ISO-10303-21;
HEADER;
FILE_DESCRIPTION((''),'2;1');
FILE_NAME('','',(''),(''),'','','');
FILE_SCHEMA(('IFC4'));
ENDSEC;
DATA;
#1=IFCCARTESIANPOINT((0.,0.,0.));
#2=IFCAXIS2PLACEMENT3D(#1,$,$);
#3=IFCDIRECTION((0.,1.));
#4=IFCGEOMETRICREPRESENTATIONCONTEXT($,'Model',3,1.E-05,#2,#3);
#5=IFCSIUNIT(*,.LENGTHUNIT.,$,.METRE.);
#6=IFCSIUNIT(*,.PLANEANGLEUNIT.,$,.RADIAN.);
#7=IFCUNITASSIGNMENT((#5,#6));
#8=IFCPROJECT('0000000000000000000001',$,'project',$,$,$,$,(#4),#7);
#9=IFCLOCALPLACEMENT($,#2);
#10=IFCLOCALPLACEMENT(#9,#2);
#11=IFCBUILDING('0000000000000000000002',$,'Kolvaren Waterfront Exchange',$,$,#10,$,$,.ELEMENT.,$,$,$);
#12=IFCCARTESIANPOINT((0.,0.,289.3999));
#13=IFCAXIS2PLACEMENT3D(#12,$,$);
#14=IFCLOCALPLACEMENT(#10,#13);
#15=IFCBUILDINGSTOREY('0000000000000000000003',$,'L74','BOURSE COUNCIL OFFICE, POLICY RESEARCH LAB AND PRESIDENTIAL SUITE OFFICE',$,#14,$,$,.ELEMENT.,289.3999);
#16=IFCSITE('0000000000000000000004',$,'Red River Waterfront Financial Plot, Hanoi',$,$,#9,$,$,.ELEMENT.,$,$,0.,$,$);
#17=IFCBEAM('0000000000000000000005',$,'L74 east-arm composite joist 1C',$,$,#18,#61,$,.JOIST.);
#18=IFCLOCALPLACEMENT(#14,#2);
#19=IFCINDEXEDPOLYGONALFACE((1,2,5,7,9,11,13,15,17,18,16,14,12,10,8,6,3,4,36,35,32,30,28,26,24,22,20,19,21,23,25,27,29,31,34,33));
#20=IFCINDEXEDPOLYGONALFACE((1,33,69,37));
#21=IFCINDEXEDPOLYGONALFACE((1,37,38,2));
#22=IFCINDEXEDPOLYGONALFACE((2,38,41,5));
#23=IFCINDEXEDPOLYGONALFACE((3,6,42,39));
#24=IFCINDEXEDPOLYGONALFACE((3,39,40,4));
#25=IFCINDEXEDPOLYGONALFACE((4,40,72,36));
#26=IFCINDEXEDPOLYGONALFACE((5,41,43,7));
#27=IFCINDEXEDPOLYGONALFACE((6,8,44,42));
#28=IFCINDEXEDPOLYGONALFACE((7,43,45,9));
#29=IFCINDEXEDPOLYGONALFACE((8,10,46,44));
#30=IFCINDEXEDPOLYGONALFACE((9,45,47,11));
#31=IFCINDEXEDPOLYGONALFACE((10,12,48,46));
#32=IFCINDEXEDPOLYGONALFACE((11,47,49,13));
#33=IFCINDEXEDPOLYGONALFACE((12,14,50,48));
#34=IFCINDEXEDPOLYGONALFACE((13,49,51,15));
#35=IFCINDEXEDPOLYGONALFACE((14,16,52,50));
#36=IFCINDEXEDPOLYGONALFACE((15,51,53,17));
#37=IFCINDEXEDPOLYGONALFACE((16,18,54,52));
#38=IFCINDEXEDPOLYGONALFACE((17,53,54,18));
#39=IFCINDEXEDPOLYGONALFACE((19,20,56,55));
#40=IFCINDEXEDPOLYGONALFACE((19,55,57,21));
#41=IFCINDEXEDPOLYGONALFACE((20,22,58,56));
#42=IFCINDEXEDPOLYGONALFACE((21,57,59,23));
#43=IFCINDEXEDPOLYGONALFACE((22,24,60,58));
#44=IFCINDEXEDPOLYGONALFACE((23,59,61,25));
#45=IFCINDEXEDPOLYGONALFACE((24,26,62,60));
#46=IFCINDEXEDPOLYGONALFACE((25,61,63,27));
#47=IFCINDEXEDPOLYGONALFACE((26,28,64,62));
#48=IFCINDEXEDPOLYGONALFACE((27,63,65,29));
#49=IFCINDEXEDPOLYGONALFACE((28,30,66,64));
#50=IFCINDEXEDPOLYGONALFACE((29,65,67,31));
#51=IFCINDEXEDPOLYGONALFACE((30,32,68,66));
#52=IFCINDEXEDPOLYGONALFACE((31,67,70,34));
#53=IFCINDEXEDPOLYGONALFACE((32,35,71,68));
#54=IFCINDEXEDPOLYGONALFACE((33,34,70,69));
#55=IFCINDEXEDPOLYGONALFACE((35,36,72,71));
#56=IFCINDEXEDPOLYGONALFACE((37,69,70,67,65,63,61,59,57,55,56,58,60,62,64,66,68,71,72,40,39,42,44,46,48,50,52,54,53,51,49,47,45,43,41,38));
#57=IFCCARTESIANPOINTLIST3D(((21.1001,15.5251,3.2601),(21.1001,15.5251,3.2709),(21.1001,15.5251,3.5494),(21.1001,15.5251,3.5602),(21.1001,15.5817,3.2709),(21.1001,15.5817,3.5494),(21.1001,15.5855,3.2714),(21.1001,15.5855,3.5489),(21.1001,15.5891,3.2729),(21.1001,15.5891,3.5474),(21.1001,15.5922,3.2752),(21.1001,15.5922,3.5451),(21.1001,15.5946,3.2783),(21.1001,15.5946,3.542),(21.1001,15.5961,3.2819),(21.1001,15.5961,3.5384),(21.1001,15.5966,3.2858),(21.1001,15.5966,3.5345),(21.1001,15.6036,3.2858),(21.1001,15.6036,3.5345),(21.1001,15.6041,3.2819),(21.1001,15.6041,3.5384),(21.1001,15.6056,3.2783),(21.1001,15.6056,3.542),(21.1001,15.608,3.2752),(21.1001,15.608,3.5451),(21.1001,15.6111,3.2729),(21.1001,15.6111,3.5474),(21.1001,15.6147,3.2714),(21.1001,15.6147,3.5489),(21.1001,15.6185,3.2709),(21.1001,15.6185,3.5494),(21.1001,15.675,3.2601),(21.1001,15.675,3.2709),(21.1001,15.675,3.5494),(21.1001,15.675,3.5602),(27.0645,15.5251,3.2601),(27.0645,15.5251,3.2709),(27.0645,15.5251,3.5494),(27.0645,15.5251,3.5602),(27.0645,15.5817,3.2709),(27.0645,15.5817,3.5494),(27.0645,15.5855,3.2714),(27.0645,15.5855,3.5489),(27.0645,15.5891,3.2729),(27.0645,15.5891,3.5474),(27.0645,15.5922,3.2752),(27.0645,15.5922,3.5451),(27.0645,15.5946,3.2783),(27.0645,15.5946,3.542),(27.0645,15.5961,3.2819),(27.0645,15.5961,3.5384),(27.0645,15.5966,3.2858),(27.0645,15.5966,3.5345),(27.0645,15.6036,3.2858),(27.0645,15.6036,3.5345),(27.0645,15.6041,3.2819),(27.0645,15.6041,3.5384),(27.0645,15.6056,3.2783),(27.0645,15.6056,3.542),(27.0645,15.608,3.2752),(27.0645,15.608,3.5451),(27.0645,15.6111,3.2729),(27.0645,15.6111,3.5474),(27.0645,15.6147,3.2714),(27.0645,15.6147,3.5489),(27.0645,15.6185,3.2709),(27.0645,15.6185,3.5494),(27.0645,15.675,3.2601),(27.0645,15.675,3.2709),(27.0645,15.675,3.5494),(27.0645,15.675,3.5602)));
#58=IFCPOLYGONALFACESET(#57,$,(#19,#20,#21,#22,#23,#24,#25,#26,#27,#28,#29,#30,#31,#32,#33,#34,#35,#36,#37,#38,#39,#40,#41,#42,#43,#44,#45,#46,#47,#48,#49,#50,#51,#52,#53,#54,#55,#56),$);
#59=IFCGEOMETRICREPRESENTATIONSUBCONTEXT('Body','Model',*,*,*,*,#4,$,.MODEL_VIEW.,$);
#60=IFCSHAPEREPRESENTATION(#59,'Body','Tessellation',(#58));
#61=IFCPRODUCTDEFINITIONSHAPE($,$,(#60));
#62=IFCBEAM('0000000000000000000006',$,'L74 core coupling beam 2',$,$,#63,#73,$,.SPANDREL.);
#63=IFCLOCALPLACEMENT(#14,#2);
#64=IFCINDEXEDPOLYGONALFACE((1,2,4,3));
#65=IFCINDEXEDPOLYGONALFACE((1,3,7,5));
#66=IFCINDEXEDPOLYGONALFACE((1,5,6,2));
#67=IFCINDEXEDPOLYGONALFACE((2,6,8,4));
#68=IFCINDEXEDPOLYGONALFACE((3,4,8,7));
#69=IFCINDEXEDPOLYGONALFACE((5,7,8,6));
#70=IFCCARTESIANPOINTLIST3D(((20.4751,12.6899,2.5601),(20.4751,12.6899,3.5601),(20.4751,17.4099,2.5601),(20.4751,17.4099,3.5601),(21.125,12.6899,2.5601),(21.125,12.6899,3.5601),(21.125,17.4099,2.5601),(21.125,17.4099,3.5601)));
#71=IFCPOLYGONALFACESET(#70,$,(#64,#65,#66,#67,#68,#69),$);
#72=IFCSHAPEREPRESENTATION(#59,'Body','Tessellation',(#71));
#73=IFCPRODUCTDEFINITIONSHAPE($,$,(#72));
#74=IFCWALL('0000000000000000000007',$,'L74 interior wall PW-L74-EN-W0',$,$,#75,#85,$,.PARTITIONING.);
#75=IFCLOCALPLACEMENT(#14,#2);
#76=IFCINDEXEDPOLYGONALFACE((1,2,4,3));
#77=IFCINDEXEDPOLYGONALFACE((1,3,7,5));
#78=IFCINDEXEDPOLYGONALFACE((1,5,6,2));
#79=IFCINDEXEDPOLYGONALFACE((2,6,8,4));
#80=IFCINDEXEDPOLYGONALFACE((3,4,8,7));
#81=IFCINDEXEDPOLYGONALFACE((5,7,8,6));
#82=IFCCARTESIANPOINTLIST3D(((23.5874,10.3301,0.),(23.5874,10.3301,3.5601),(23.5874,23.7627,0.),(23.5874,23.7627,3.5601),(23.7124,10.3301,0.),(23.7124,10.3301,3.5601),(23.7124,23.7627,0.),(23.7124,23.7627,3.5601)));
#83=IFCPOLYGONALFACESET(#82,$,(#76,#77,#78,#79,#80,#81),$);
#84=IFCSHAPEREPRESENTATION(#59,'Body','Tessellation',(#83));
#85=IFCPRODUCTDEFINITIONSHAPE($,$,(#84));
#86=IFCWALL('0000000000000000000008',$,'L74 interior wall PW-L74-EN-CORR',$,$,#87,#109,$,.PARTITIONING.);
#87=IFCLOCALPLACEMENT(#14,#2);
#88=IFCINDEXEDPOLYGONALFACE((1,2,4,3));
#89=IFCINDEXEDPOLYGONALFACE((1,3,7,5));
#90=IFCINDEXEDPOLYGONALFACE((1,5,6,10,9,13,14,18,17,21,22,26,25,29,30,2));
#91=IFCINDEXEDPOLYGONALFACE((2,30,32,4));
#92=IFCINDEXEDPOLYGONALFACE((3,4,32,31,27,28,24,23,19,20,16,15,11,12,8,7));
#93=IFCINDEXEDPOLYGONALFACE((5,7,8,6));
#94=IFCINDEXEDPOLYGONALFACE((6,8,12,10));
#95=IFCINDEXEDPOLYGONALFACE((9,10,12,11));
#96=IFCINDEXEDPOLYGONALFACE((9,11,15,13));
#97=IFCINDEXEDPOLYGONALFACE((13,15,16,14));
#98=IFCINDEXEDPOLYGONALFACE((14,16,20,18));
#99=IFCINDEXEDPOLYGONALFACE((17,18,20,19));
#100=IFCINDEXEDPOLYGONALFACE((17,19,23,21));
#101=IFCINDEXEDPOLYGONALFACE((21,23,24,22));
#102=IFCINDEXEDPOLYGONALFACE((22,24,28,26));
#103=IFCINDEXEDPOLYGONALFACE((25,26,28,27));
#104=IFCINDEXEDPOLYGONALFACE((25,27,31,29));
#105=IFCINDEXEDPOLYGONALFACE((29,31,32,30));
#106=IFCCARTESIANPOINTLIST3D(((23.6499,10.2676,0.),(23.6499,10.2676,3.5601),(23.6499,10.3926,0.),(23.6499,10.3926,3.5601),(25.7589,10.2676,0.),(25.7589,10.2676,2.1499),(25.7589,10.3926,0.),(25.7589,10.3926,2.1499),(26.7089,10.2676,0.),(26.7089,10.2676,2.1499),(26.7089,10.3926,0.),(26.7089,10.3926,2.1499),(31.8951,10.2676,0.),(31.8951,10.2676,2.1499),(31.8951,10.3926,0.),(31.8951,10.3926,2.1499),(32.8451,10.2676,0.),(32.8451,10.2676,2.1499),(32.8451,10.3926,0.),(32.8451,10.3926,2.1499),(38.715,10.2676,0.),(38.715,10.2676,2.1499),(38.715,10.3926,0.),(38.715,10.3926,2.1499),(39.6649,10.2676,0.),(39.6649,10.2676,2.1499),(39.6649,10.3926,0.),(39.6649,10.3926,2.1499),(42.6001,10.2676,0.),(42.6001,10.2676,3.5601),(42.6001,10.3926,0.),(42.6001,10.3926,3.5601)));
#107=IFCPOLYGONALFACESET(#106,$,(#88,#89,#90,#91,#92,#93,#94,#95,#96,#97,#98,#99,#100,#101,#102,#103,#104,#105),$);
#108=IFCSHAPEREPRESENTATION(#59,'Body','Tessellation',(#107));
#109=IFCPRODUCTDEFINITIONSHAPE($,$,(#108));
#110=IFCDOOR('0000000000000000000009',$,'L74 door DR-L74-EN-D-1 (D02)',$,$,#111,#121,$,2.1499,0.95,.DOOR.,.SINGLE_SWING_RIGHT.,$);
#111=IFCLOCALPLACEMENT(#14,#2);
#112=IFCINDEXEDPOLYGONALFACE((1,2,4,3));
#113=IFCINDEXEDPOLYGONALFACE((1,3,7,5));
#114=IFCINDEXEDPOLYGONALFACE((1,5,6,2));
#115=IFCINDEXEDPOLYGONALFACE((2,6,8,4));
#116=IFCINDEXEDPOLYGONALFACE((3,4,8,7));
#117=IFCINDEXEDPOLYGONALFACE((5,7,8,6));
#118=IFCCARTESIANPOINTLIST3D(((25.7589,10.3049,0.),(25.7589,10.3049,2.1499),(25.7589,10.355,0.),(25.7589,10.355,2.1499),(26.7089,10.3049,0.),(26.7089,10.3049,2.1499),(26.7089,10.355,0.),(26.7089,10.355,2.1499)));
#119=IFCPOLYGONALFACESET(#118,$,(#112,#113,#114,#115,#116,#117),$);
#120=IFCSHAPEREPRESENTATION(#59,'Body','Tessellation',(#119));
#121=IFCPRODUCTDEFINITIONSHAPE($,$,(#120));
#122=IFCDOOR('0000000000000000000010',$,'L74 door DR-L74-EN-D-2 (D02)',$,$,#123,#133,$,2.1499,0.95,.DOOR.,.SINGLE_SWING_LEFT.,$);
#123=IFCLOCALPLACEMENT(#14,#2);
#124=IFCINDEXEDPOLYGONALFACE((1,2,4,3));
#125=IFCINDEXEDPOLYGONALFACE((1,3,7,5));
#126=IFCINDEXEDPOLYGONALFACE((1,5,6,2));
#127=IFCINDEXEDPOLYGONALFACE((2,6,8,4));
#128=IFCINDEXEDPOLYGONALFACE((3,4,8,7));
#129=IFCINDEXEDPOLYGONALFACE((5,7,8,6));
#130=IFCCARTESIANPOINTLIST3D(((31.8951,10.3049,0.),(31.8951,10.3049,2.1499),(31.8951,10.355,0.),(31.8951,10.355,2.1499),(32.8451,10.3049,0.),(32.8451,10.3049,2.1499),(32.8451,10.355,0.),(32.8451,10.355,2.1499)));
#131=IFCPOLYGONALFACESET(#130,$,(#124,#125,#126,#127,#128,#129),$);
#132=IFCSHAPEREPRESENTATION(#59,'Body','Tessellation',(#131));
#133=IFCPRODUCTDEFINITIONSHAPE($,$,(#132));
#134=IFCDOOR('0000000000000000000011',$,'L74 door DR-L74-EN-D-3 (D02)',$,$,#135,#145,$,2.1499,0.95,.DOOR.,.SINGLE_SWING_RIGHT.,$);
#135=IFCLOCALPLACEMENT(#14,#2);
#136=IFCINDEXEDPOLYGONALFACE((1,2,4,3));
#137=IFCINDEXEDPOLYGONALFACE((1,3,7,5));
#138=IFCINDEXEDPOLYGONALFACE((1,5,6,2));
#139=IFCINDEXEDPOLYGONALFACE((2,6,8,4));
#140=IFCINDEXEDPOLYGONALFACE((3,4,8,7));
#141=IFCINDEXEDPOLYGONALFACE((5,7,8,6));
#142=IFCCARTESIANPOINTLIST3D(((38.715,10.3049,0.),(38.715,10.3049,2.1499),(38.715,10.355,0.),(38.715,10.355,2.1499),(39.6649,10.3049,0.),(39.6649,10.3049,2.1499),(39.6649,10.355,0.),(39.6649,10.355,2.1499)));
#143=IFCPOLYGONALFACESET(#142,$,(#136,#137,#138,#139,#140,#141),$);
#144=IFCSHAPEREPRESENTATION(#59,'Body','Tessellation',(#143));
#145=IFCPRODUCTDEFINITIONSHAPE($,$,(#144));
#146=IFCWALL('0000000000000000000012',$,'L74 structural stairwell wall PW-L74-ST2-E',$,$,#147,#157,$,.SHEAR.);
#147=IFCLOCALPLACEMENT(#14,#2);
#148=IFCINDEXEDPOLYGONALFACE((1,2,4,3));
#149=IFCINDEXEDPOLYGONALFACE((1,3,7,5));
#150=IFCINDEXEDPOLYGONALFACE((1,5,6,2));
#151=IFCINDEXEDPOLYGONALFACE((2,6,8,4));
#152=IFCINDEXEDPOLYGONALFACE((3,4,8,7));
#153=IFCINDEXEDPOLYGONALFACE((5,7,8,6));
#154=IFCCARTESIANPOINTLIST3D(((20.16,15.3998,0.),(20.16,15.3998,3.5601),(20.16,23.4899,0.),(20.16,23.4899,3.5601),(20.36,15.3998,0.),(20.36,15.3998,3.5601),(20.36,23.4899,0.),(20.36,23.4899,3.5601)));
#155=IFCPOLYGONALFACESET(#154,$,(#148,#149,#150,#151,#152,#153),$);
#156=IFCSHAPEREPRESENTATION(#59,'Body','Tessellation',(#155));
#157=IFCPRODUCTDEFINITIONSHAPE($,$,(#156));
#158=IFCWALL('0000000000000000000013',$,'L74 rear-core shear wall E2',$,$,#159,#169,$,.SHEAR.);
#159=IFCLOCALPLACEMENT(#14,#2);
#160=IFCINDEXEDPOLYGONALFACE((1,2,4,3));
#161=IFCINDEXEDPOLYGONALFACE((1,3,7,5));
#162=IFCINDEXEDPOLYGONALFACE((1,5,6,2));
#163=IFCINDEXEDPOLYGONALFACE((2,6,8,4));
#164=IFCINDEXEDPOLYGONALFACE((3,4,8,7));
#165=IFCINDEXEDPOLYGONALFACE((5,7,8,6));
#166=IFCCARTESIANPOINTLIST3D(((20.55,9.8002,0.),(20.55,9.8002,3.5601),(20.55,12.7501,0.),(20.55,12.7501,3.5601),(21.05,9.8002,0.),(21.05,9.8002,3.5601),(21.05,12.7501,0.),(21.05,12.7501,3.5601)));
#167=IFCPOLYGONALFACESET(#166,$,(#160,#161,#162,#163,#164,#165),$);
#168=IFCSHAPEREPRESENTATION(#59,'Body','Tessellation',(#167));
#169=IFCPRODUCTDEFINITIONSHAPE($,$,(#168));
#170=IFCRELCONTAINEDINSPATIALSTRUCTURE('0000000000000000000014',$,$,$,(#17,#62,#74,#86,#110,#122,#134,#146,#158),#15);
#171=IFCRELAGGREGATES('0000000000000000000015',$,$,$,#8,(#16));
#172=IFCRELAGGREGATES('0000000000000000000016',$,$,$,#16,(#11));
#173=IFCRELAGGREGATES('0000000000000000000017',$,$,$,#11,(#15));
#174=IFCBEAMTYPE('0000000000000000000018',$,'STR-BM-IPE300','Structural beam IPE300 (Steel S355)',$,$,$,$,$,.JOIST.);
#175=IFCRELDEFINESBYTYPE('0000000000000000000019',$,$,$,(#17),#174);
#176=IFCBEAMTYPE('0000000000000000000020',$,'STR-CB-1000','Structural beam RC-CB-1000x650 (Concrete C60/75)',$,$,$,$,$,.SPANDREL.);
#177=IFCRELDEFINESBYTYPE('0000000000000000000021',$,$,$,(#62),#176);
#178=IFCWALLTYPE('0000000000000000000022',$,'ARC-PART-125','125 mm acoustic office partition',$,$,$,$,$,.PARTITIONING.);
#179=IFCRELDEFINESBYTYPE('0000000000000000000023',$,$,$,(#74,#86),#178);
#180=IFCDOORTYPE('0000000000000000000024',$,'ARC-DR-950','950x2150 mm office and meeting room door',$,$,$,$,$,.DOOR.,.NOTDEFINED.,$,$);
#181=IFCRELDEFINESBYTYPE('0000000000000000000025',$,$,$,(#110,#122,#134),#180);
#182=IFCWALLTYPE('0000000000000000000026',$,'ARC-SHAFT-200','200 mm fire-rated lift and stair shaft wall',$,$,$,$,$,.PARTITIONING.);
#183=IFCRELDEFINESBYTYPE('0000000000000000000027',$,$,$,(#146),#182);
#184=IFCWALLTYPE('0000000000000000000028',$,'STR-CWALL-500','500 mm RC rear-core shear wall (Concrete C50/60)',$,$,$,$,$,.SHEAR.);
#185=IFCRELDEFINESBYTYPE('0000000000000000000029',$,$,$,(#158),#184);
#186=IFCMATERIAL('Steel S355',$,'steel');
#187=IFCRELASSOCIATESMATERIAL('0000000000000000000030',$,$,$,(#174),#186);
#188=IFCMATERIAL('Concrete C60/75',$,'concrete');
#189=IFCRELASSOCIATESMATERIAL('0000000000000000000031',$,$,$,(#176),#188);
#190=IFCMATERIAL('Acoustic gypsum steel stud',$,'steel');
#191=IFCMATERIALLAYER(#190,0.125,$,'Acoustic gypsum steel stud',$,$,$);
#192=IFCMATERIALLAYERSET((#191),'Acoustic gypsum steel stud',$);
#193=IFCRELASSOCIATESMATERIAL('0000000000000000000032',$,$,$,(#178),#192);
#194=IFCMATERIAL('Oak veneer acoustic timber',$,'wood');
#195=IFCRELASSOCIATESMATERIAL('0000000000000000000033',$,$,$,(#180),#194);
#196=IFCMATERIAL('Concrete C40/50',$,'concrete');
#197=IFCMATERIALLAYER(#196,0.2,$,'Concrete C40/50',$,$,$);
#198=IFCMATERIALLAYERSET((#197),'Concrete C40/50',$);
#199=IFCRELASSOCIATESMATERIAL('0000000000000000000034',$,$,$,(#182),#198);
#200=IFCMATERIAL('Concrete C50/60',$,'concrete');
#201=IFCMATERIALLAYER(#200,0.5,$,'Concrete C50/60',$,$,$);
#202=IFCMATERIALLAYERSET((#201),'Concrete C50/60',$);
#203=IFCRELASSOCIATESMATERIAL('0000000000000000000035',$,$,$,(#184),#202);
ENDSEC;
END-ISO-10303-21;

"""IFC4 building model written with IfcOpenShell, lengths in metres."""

from ifc_helpers import new_model, si_unit, direction, frame, frame_2d, origin, origin_2d, place, context, subcontext, project, spatial, rectangle, i_section, extrude, material, layer, layer_set, material_profile, profile_set, type_object, element, fill, save


model = new_model("IFC4")

# Units and contexts
model_context = context("Model", 3, precision=1e-05, world=origin(), true_north=direction((0.0, 1.0)))
body_context = subcontext(model_context, "Body", "Model", "MODEL_VIEW")
ifc_project = project(units=[si_unit("LENGTHUNIT", "METRE"), si_unit("PLANEANGLEUNIT", "RADIAN")], contexts=[model_context])

# Site, building, storey
site_placement = place(None, origin())
site = spatial("IfcSite", under=ifc_project, at=site_placement, Name="Red River Waterfront Financial Plot, Hanoi", CompositionType="ELEMENT", RefElevation=0.0)
building_placement = place(site_placement, origin())
building = spatial("IfcBuilding", under=site, at=building_placement, Name="Kolvaren Waterfront Exchange", CompositionType="ELEMENT")
storey_placement = place(building_placement, frame((0.0, 0.0, 289.3999)))
storey = spatial("IfcBuildingStorey", under=building, at=storey_placement, Name="L74", Description="BOURSE COUNCIL OFFICE, POLICY RESEARCH LAB AND PRESIDENTIAL SUITE OFFICE", CompositionType="ELEMENT", Elevation=289.3999)

# Shared definitions
ifc_material_1 = material(Name="Concrete C50/60", Category="concrete")

# Beams
ifc_material_2 = material(Name="Steel S355", Category="steel")
ifc_material_profile_1 = material_profile(ifc_material_2, i_section(OverallWidth=0.1499, OverallDepth=0.3, WebThickness=0.0071, FlangeThickness=0.0107, FilletRadius=0.0149, at=origin_2d()), Name="IPE300")
ifc_profile_set_1 = profile_set([ifc_material_profile_1], Name="Steel S355")
beam_type_1 = type_object("IfcBeamType", Name="STR-BM-IPE300", Description="Structural beam IPE300 (Steel S355)", PredefinedType="JOIST", material=ifc_profile_set_1)
for number, where, z_axis, x_axis, name in (
    (1, (21.1001, 15.6001, 3.4102), (1.0, 0.0, 0.0), (0.0, 1.0, 0.0), "L74 east-arm composite joist 1C"),
):
    element("IfcBeam", number, at=place(storey_placement, frame(where, z_axis=z_axis, x_axis=x_axis)), inside=storey, type_object=beam_type_1, Name=name, PredefinedType="JOIST", context=body_context, shape_type="SweptSolid", body=[
        extrude(i_section(OverallWidth=0.1499, OverallDepth=0.3, WebThickness=0.0071, FlangeThickness=0.0107, FilletRadius=0.0149, at=origin_2d()), origin(), (0.0, 0.0, 1.0), 5.9644),
    ])
ifc_material_3 = material(Name="Concrete C60/75", Category="concrete")
ifc_material_profile_2 = material_profile(ifc_material_3, rectangle(XDim=0.6499, YDim=1.0, at=origin_2d()), Name="RC-CB-1000x650")
ifc_profile_set_2 = profile_set([ifc_material_profile_2], Name="Concrete C60/75")
beam_type_2 = type_object("IfcBeamType", Name="STR-CB-1000", Description="Structural beam RC-CB-1000x650 (Concrete C60/75)", PredefinedType="SPANDREL", material=ifc_profile_set_2)
beam_1_placement = place(storey_placement, frame((20.8, 12.6899, 3.0601), z_axis=(0.0, 1.0, 0.0), x_axis=(-1.0, 0.0, 0.0)))
element("IfcBeam", 2, at=beam_1_placement, inside=storey, type_object=beam_type_2, Name="L74 core coupling beam 2", PredefinedType="SPANDREL", context=body_context, shape_type="SweptSolid", body=[
    extrude(rectangle(XDim=0.6499, YDim=1.0, at=origin_2d()), origin(), (0.0, 0.0, 1.0), 4.72),
])

# Wall
ifc_material_4 = material(Name="Acoustic gypsum steel stud", Category="steel")
ifc_layer_1 = layer(ifc_material_4, 0.125, Name="Acoustic gypsum steel stud")
ifc_layer_set_1 = layer_set([ifc_layer_1], Name="Acoustic gypsum steel stud")
wall_type_1 = type_object("IfcWallType", Name="ARC-PART-125", Description="125 mm acoustic office partition", PredefinedType="PARTITIONING", material=ifc_layer_set_1)
wall_1_placement = place(storey_placement, frame((23.6499, 10.3301, 0.0), z_axis=(0.0, 0.0, 1.0), x_axis=(0.0, 1.0, 0.0)))
element("IfcWall", 3, at=wall_1_placement, inside=storey, type_object=wall_type_1, Name="L74 interior wall PW-L74-EN-W0", PredefinedType="PARTITIONING", context=body_context, shape_type="SweptSolid", body=[
    extrude(rectangle(XDim=13.4326, YDim=0.125, at=frame_2d((6.7163, 0.0))), origin(), (0.0, 0.0, 1.0), 3.5601),
])

# Wall, openings, doors
wall_2_placement = place(storey_placement, frame((23.6499, 10.3301, 0.0), z_axis=(0.0, 0.0, 1.0), x_axis=(1.0, 0.0, 0.0)))
wall_2 = element("IfcWall", 4, at=wall_2_placement, inside=storey, type_object=wall_type_1, Name="L74 interior wall PW-L74-EN-CORR", PredefinedType="PARTITIONING", context=body_context, shape_type="SweptSolid", body=[
    extrude(rectangle(XDim=18.9502, YDim=0.125, at=frame_2d((9.4751, 0.0))), origin(), (0.0, 0.0, 1.0), 3.5601),
])
opening_1_placement = place(wall_2_placement, frame((2.1089, 0.0, 0.0)))
opening_1 = element("IfcOpeningElement", 5, at=opening_1_placement, cuts=wall_2, PredefinedType="OPENING", context=body_context, shape_type="SweptSolid", body=[
    extrude(rectangle(XDim=0.95, YDim=2.1499, at=frame_2d((0.4751, 1.075))), frame((0.0, 0.0725, 0.0), z_axis=(0.0, -1.0, 0.0), x_axis=(1.0, 0.0, 0.0)), (0.0, 0.0, 1.0), 0.145),
])
opening_2_placement = place(wall_2_placement, frame((8.2451, 0.0, 0.0)))
opening_2 = element("IfcOpeningElement", 6, at=opening_2_placement, cuts=wall_2, PredefinedType="OPENING", context=body_context, shape_type="SweptSolid", body=[
    extrude(rectangle(XDim=0.95, YDim=2.1499, at=frame_2d((0.4751, 1.075))), frame((0.0, 0.0725, 0.0), z_axis=(0.0, -1.0, 0.0), x_axis=(1.0, 0.0, 0.0)), (0.0, 0.0, 1.0), 0.145),
])
opening_3_placement = place(wall_2_placement, frame((15.0649, 0.0, 0.0)))
opening_3 = element("IfcOpeningElement", 7, at=opening_3_placement, cuts=wall_2, PredefinedType="OPENING", context=body_context, shape_type="SweptSolid", body=[
    extrude(rectangle(XDim=0.95, YDim=2.1499, at=frame_2d((0.4751, 1.075))), frame((0.0, 0.0725, 0.0), z_axis=(0.0, -1.0, 0.0), x_axis=(1.0, 0.0, 0.0)), (0.0, 0.0, 1.0), 0.145),
])
ifc_material_5 = material(Name="Oak veneer acoustic timber", Category="wood")
door_type = type_object("IfcDoorType", Name="ARC-DR-950", Description="950x2150 mm office and meeting room door", OperationType="NOTDEFINED", PredefinedType="DOOR", material=ifc_material_5)
door_1_placement = place(opening_1_placement, origin())
door_1 = element("IfcDoor", 8, at=door_1_placement, inside=storey, type_object=door_type, Name="L74 door DR-L74-EN-D-1 (D02)", OperationType="SINGLE_SWING_RIGHT", OverallHeight=2.1499, OverallWidth=0.95, PredefinedType="DOOR", context=body_context, shape_type="SweptSolid", body=[
    extrude(rectangle(XDim=0.95, YDim=2.1499, at=frame_2d((0.4751, 1.075))), frame((0.0, 0.0249, 0.0), z_axis=(0.0, -1.0, 0.0), x_axis=(1.0, 0.0, 0.0)), (0.0, 0.0, 1.0), 0.05),
])
fill(opening_1, door_1)
door_2_placement = place(opening_2_placement, origin())
door_2 = element("IfcDoor", 9, at=door_2_placement, inside=storey, type_object=door_type, Name="L74 door DR-L74-EN-D-2 (D02)", OperationType="SINGLE_SWING_LEFT", OverallHeight=2.1499, OverallWidth=0.95, PredefinedType="DOOR", context=body_context, shape_type="SweptSolid", body=[
    extrude(rectangle(XDim=0.95, YDim=2.1499, at=frame_2d((0.4751, 1.075))), frame((0.0, 0.0249, 0.0), z_axis=(0.0, -1.0, 0.0), x_axis=(1.0, 0.0, 0.0)), (0.0, 0.0, 1.0), 0.05),
])
fill(opening_2, door_2)
door_3_placement = place(opening_3_placement, origin())
door_3 = element("IfcDoor", 10, at=door_3_placement, inside=storey, type_object=door_type, Name="L74 door DR-L74-EN-D-3 (D02)", OperationType="SINGLE_SWING_RIGHT", OverallHeight=2.1499, OverallWidth=0.95, PredefinedType="DOOR", context=body_context, shape_type="SweptSolid", body=[
    extrude(rectangle(XDim=0.95, YDim=2.1499, at=frame_2d((0.4751, 1.075))), frame((0.0, 0.0249, 0.0), z_axis=(0.0, -1.0, 0.0), x_axis=(1.0, 0.0, 0.0)), (0.0, 0.0, 1.0), 0.05),
])
fill(opening_3, door_3)

# Walls
ifc_material_6 = material(Name="Concrete C40/50", Category="concrete")
ifc_layer_2 = layer(ifc_material_6, 0.2, Name="Concrete C40/50")
ifc_layer_set_2 = layer_set([ifc_layer_2], Name="Concrete C40/50")
wall_type_2 = type_object("IfcWallType", Name="ARC-SHAFT-200", Description="200 mm fire-rated lift and stair shaft wall", PredefinedType="PARTITIONING", material=ifc_layer_set_2)
wall_3_placement = place(storey_placement, frame((20.26, 15.3999, 0.0), z_axis=(0.0, 0.0, 1.0), x_axis=(0.0, 1.0, 0.0)))
element("IfcWall", 11, at=wall_3_placement, inside=storey, type_object=wall_type_2, Name="L74 structural stairwell wall PW-L74-ST2-E", PredefinedType="SHEAR", context=body_context, shape_type="SweptSolid", body=[
    extrude(rectangle(XDim=8.0901, YDim=0.2, at=frame_2d((4.0449, 0.0))), origin(), (0.0, 0.0, 1.0), 3.5601),
])
ifc_layer_3 = layer(ifc_material_1, 0.5, Name="Concrete C50/60")
ifc_layer_set_3 = layer_set([ifc_layer_3], Name="Concrete C50/60")
wall_type_3 = type_object("IfcWallType", Name="STR-CWALL-500", Description="500 mm RC rear-core shear wall (Concrete C50/60)", PredefinedType="SHEAR", material=ifc_layer_set_3)
wall_4_placement = place(storey_placement, frame((20.8, 9.8, 0.0), z_axis=(0.0, 0.0, 1.0), x_axis=(0.0, 1.0, 0.0)))
element("IfcWall", 12, at=wall_4_placement, inside=storey, type_object=wall_type_3, Name="L74 rear-core shear wall E2", PredefinedType="SHEAR", context=body_context, shape_type="SweptSolid", body=[
    extrude(rectangle(XDim=2.95, YDim=0.5, at=frame_2d((1.4751, 0.0))), origin(), (0.0, 0.0, 1.0), 3.5601),
])

save(model, "model.ifc")
